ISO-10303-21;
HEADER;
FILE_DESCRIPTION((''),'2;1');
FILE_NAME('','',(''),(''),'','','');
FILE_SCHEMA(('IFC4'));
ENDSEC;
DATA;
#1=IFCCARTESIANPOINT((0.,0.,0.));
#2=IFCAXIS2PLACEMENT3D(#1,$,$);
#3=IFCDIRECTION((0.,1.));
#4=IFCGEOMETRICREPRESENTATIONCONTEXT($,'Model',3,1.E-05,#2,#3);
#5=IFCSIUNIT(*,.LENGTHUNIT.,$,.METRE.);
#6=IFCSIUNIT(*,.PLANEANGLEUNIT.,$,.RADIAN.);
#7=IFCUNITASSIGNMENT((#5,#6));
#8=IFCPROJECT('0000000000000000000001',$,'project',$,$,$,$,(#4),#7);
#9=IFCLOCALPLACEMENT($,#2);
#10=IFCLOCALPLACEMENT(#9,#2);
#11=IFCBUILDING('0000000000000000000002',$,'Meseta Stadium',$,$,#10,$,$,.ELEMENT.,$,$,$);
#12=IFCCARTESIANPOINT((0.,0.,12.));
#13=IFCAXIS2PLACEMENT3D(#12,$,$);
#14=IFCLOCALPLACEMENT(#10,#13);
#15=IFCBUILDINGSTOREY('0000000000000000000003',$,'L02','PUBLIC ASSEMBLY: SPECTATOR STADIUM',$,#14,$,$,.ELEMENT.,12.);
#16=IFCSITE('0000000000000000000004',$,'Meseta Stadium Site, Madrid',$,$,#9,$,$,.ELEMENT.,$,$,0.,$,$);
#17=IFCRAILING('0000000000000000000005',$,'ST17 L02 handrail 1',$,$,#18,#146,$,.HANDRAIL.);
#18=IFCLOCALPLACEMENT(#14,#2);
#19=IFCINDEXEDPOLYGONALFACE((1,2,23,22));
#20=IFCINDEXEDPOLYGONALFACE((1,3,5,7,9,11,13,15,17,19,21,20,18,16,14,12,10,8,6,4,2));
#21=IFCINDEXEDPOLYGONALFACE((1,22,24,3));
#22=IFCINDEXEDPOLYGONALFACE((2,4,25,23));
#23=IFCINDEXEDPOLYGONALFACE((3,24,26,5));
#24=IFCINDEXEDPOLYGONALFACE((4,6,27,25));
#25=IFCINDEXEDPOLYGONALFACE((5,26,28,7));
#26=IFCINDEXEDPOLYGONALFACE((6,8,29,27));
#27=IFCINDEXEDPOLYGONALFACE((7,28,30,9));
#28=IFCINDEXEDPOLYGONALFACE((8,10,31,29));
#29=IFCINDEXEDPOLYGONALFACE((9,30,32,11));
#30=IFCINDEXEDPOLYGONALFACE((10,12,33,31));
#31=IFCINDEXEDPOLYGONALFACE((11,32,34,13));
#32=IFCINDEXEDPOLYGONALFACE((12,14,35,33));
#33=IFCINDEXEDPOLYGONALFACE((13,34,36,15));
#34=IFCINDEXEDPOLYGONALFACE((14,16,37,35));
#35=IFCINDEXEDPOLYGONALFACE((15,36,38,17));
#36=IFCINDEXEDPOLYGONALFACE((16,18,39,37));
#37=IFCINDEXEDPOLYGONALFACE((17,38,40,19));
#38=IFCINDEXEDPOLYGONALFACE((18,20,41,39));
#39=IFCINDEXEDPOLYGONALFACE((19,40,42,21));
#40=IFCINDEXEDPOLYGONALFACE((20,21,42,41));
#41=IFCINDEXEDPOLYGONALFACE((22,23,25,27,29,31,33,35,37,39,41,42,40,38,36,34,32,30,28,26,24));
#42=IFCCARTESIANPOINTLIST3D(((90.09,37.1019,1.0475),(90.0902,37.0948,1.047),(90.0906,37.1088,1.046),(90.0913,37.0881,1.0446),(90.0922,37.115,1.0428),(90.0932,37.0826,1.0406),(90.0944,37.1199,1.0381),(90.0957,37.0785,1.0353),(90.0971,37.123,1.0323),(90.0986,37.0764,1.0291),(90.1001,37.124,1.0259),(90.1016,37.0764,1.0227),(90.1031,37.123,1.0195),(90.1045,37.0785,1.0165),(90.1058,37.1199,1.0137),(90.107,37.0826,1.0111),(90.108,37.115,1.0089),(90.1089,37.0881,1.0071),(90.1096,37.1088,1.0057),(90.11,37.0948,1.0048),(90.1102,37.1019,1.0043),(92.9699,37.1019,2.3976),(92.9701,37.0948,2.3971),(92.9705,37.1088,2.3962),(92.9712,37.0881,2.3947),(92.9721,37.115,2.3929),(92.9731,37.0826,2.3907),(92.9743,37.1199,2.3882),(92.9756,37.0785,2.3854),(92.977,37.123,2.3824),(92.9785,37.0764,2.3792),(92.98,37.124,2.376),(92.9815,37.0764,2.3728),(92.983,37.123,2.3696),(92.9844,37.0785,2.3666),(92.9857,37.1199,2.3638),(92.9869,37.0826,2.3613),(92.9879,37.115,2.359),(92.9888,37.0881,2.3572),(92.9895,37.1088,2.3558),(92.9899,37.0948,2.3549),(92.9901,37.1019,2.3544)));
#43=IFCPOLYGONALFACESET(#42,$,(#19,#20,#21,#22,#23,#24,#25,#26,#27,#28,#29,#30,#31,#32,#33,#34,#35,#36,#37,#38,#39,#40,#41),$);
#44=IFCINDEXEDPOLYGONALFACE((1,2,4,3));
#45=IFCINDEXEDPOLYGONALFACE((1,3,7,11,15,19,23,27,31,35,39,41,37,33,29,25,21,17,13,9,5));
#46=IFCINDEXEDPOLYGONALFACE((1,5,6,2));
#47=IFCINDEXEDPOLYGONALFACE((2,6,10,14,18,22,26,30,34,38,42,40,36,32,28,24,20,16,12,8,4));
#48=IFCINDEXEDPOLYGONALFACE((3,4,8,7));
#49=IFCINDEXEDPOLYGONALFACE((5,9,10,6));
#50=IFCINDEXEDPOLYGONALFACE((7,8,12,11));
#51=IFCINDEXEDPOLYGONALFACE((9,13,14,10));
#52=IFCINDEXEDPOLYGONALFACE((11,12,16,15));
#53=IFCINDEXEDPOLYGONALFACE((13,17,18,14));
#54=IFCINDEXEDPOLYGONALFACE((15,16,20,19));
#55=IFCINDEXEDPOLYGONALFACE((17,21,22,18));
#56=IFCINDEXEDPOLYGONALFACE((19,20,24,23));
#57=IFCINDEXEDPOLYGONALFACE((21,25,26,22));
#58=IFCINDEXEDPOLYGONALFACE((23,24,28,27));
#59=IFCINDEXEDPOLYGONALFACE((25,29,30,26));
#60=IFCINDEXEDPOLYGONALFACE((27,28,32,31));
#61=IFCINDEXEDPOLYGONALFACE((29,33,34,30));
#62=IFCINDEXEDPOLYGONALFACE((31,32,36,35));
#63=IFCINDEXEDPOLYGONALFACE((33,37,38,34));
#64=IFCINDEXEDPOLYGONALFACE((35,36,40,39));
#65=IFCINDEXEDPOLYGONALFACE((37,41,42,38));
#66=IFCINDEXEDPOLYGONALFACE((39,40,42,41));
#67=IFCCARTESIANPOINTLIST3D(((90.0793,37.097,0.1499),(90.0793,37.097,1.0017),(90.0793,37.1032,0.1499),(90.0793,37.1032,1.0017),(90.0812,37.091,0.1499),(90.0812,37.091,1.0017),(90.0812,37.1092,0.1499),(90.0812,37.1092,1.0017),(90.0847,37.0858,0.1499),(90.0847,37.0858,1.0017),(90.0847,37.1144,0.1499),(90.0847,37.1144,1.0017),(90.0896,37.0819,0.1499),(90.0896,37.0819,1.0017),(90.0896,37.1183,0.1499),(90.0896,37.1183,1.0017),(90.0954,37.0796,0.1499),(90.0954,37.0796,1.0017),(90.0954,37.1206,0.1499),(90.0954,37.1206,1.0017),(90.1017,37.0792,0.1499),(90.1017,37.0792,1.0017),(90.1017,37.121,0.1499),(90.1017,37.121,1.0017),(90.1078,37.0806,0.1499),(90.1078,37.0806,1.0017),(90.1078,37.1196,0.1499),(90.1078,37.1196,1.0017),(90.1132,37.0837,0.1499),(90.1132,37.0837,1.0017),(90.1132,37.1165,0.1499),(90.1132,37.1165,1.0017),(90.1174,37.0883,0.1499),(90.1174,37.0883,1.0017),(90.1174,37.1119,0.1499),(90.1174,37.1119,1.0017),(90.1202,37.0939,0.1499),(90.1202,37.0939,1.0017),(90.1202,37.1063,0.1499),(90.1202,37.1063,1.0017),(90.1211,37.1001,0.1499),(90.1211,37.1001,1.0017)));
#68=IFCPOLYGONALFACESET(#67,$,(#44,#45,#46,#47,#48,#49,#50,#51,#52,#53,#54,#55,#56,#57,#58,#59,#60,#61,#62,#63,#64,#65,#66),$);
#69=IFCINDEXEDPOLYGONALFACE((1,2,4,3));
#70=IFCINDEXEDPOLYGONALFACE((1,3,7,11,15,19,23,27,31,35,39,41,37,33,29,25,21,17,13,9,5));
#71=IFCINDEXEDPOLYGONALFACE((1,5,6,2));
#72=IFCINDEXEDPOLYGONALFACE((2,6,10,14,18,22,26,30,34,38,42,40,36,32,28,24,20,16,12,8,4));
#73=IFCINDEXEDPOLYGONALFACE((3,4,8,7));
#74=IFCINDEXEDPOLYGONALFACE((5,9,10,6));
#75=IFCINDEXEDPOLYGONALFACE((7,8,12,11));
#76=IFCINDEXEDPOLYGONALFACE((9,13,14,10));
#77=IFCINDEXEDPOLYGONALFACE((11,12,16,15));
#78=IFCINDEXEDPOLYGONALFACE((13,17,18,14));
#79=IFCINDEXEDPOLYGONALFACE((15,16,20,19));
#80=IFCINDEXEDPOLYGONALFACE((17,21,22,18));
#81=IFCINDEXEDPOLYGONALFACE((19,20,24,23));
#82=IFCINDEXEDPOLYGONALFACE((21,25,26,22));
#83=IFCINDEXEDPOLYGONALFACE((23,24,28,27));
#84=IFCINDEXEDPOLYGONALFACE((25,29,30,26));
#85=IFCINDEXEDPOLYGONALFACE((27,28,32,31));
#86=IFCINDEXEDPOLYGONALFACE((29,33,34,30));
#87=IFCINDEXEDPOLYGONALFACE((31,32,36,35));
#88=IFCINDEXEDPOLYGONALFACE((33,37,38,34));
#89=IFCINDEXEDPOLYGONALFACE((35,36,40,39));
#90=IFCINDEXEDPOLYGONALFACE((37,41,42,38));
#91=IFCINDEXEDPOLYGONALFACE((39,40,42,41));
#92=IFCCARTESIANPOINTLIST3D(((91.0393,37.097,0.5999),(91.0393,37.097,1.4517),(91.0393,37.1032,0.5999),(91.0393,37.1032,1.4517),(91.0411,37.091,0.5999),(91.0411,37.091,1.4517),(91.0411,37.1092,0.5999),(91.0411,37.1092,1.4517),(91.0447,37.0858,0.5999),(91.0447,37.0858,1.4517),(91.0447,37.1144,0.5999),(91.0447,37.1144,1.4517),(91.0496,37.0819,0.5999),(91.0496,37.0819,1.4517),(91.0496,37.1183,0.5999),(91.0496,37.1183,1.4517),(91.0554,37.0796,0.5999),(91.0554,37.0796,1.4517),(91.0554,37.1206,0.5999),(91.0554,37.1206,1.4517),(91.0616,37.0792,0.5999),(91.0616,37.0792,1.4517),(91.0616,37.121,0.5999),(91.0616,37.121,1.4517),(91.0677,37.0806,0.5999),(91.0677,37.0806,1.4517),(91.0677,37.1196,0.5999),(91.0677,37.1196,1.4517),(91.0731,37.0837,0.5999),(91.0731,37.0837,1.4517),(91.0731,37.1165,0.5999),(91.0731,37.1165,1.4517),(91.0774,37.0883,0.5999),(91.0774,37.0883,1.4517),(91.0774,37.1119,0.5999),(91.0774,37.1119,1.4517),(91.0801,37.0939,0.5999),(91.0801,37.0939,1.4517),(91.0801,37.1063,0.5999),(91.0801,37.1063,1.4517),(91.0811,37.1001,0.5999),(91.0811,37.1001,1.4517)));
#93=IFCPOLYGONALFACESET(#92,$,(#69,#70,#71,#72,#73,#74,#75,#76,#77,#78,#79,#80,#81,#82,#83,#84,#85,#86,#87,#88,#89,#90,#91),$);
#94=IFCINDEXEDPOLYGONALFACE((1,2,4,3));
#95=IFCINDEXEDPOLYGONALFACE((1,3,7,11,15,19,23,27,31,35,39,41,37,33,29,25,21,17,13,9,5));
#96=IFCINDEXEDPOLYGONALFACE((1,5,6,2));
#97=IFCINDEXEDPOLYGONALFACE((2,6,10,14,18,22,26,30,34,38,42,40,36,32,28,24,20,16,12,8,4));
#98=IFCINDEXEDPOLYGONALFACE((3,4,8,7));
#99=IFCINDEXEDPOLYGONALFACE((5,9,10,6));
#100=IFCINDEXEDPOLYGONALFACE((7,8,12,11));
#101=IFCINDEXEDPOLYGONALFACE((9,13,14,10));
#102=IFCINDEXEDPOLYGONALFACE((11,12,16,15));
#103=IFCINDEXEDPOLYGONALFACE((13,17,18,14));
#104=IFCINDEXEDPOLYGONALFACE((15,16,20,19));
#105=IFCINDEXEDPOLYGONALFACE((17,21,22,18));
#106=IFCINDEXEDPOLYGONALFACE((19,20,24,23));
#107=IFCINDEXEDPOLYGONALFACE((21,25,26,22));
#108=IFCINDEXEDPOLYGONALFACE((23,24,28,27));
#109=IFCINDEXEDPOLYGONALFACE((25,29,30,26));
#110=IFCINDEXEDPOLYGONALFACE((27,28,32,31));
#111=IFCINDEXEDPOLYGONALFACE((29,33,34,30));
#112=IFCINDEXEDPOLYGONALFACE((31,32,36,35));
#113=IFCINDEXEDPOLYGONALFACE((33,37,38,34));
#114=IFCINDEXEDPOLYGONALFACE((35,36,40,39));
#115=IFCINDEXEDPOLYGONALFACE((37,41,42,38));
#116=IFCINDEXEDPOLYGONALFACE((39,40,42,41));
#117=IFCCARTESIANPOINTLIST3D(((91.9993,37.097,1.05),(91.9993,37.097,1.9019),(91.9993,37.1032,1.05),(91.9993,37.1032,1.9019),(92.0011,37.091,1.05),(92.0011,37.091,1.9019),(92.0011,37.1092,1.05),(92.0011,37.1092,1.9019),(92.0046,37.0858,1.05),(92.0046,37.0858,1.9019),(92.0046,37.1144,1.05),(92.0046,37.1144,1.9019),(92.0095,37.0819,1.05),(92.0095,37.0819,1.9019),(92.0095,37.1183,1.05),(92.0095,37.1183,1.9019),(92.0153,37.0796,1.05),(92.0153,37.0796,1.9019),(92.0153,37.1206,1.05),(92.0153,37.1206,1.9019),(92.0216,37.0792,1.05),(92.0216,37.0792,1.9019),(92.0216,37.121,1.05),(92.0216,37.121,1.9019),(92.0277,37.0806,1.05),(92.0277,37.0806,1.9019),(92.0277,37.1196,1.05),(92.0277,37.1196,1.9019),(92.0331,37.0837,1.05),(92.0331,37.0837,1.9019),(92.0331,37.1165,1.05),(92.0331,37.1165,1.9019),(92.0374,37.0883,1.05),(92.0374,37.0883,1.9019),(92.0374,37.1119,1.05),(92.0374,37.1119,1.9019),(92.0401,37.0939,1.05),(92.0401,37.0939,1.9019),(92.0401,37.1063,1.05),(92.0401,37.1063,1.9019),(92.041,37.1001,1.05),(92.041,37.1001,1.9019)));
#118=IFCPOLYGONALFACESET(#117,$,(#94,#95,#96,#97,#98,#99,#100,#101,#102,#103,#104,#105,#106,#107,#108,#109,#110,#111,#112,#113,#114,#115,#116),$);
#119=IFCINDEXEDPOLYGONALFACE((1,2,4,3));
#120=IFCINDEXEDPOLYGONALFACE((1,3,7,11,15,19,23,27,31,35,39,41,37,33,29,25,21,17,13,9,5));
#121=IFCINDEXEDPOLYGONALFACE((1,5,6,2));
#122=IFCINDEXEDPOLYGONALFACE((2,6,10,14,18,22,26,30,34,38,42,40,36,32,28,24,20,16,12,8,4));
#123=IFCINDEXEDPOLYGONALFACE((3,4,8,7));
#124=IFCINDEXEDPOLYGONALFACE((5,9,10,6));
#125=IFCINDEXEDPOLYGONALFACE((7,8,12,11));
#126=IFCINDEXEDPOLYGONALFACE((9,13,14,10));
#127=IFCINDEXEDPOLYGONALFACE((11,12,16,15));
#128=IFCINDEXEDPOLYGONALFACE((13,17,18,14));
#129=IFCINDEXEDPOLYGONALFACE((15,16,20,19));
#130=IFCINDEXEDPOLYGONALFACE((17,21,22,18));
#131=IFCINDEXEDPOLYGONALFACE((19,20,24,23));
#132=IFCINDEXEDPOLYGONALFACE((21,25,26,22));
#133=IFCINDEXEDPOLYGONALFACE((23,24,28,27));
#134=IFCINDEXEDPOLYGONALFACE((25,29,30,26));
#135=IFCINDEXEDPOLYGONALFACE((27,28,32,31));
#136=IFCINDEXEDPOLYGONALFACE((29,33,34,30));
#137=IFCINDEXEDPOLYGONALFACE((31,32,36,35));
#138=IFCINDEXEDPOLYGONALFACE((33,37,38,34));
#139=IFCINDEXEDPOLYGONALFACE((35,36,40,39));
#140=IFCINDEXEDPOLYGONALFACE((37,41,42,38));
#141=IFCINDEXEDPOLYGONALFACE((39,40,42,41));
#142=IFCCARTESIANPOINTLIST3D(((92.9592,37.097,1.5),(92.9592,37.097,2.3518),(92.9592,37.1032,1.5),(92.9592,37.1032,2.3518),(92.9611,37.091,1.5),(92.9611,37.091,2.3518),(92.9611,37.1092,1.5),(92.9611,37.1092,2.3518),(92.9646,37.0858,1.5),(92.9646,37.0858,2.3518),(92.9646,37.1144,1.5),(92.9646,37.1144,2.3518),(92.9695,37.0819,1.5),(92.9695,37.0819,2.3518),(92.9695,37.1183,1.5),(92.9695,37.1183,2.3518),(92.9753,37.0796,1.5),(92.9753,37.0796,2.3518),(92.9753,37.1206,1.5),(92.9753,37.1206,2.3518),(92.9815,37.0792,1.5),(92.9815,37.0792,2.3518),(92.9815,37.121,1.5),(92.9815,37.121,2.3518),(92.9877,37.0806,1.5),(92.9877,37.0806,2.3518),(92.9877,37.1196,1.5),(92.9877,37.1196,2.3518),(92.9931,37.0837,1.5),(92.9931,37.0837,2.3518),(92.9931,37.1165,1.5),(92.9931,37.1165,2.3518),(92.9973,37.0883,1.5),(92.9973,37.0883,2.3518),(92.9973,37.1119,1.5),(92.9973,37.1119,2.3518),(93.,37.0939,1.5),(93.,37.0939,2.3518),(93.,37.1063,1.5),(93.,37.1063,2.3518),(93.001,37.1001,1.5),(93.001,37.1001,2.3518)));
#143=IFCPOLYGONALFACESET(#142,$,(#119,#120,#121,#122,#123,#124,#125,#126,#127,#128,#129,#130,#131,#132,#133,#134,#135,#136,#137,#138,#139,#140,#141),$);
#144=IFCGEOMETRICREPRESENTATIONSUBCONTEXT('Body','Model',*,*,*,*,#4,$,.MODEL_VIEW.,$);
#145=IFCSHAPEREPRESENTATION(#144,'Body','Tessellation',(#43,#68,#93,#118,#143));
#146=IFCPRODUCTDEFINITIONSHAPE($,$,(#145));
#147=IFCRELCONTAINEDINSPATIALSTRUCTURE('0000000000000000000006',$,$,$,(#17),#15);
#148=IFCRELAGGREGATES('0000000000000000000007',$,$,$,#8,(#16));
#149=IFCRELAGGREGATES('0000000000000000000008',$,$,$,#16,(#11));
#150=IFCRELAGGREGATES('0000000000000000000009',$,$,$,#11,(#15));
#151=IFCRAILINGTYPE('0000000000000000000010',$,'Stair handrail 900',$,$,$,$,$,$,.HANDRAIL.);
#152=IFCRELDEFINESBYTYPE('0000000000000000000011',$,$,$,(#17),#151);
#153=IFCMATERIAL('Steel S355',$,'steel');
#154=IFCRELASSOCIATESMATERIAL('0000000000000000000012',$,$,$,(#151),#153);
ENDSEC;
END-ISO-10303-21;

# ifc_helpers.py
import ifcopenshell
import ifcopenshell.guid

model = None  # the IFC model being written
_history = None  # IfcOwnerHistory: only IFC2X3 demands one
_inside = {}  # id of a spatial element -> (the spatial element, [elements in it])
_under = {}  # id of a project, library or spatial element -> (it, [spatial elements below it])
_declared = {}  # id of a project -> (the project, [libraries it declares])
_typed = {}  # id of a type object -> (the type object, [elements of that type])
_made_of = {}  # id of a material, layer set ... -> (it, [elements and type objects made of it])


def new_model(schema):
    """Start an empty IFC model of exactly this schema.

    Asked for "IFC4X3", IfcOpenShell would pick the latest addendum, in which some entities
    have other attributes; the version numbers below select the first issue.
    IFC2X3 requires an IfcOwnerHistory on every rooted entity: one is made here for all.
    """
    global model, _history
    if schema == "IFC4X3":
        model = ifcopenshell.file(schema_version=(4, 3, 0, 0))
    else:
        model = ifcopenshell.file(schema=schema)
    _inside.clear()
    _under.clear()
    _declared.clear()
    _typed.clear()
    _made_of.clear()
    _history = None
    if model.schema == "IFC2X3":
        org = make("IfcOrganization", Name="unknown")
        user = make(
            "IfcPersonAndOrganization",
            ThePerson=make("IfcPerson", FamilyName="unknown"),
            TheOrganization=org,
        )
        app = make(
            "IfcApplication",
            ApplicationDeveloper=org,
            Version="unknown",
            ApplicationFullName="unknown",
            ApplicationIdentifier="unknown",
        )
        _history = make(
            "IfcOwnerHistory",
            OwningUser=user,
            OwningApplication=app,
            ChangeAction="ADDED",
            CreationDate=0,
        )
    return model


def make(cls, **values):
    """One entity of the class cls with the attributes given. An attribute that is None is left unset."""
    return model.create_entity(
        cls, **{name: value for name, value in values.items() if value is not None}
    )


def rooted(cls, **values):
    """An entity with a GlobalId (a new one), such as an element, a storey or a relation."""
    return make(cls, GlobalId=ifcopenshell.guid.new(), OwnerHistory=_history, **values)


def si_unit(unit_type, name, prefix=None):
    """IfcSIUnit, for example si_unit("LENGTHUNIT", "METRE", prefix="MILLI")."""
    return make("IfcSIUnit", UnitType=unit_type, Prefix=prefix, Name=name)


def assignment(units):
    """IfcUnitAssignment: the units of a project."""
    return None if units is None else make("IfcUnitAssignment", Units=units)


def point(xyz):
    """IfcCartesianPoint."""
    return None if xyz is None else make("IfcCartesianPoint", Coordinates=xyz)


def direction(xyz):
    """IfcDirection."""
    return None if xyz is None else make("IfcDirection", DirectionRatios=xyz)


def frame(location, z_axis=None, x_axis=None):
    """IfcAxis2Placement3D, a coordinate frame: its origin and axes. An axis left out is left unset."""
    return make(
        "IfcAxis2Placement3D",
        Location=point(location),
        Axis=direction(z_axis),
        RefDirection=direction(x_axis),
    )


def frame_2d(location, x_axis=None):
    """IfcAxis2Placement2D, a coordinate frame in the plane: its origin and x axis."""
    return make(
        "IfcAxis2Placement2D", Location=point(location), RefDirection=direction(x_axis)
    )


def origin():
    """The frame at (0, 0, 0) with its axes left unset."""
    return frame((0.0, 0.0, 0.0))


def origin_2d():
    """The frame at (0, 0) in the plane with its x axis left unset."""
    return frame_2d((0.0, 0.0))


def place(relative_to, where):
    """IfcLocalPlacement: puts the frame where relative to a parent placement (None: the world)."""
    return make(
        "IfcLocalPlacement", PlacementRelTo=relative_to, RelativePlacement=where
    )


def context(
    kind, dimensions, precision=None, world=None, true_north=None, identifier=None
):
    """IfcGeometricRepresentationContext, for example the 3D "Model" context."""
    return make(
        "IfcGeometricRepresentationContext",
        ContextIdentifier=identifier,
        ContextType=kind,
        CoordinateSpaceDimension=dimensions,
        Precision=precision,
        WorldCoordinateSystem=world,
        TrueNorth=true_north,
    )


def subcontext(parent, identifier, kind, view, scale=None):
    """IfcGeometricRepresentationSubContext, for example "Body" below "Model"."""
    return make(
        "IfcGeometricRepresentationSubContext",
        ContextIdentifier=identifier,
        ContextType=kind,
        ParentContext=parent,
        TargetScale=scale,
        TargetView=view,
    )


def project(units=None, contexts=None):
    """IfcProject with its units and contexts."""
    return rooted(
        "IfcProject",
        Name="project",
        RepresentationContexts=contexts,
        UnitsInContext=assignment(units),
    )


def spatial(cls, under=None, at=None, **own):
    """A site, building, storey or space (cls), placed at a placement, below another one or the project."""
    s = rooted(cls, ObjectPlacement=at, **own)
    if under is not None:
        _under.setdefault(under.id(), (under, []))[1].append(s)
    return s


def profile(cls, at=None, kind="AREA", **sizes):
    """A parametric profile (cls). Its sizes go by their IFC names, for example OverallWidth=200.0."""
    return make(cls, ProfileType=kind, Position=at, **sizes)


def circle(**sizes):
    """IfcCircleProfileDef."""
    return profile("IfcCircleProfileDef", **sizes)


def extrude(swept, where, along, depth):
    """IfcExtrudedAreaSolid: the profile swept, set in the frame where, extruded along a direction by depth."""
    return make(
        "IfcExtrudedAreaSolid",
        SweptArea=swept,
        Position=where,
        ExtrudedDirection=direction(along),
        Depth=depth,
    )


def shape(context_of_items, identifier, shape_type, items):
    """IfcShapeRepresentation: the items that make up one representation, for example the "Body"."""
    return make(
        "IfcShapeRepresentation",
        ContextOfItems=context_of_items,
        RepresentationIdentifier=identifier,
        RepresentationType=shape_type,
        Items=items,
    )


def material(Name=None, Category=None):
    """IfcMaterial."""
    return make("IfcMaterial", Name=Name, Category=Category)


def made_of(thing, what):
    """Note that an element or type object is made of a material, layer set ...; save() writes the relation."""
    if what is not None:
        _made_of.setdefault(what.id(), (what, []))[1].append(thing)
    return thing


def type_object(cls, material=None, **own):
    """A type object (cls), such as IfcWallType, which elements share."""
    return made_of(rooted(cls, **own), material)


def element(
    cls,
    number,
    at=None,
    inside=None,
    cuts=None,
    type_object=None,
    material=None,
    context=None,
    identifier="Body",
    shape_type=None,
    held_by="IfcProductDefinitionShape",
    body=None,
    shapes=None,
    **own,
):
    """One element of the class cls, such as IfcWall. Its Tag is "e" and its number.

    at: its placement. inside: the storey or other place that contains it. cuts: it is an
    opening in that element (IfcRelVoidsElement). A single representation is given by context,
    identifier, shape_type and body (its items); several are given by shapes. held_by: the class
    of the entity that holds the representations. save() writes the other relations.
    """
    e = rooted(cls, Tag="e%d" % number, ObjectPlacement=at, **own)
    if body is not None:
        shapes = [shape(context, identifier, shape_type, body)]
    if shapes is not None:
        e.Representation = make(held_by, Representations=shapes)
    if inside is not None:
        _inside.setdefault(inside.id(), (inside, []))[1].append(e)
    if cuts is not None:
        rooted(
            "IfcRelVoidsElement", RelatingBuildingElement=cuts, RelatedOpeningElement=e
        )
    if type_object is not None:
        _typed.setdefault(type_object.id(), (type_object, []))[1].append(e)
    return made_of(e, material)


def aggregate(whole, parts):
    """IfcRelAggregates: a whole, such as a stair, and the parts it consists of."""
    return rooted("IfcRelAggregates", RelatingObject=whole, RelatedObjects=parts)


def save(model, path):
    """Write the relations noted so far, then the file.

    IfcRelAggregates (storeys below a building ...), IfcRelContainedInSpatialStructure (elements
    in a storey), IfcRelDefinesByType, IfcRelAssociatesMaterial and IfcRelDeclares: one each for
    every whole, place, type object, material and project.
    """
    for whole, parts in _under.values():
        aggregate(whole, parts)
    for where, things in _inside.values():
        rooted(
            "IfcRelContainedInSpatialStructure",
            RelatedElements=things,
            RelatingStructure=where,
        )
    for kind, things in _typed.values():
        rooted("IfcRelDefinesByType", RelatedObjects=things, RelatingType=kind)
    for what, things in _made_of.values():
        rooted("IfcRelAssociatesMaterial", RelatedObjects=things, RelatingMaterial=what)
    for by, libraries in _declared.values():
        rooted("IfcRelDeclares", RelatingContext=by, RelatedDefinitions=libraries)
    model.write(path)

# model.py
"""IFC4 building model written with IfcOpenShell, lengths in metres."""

from ifc_helpers import new_model, si_unit, direction, frame, origin, origin_2d, place, context, subcontext, project, spatial, circle, extrude, material, type_object, element, save


model = new_model("IFC4")

# Units and contexts
model_context = context("Model", 3, precision=1e-05, world=origin(), true_north=direction((0.0, 1.0)))
body_context = subcontext(model_context, "Body", "Model", "MODEL_VIEW")
ifc_project = project(units=[si_unit("LENGTHUNIT", "METRE"), si_unit("PLANEANGLEUNIT", "RADIAN")], contexts=[model_context])

# Site, building, storey
site_placement = place(None, origin())
site = spatial("IfcSite", under=ifc_project, at=site_placement, Name="Meseta Stadium Site, Madrid", CompositionType="ELEMENT", RefElevation=0.0)
building_placement = place(site_placement, origin())
building = spatial("IfcBuilding", under=site, at=building_placement, Name="Meseta Stadium", CompositionType="ELEMENT")
storey_placement = place(building_placement, frame((0.0, 0.0, 12.0)))
storey = spatial("IfcBuildingStorey", under=building, at=storey_placement, Name="L02", Description="PUBLIC ASSEMBLY: SPECTATOR STADIUM", CompositionType="ELEMENT", Elevation=12.0)

# Railing
ifc_material_1 = material(Name="Steel S355", Category="steel")
railing_type_1 = type_object("IfcRailingType", Name="Stair handrail 900", PredefinedType="HANDRAIL", material=ifc_material_1)
railing_1_placement = place(storey_placement, frame((90.1001, 37.1001, 0.1499)))
element("IfcRailing", 1, at=railing_1_placement, inside=storey, type_object=railing_type_1, Name="ST17 L02 handrail 1", PredefinedType="HANDRAIL", context=body_context, shape_type="SweptSolid", body=[
    extrude(circle(Radius=0.0239, at=origin_2d()), frame((0.0, 0.0, 0.876), z_axis=(0.90544, 0.0, 0.424473), x_axis=(0.0, 1.0, 0.0)), (0.0, 0.0, 1.0), 3.1807),
    extrude(circle(Radius=0.021, at=origin_2d()), origin(), (0.0, 0.0, 1.0), 0.8518),
    extrude(circle(Radius=0.021, at=origin_2d()), frame((0.96, 0.0, 0.45)), (0.0, 0.0, 1.0), 0.8518),
    extrude(circle(Radius=0.021, at=origin_2d()), frame((1.9199, 0.0, 0.9001)), (0.0, 0.0, 1.0), 0.8518),
    extrude(circle(Radius=0.021, at=origin_2d()), frame((2.8799, 0.0, 1.3501)), (0.0, 0.0, 1.0), 0.8518),
])

save(model, "model.ifc")
